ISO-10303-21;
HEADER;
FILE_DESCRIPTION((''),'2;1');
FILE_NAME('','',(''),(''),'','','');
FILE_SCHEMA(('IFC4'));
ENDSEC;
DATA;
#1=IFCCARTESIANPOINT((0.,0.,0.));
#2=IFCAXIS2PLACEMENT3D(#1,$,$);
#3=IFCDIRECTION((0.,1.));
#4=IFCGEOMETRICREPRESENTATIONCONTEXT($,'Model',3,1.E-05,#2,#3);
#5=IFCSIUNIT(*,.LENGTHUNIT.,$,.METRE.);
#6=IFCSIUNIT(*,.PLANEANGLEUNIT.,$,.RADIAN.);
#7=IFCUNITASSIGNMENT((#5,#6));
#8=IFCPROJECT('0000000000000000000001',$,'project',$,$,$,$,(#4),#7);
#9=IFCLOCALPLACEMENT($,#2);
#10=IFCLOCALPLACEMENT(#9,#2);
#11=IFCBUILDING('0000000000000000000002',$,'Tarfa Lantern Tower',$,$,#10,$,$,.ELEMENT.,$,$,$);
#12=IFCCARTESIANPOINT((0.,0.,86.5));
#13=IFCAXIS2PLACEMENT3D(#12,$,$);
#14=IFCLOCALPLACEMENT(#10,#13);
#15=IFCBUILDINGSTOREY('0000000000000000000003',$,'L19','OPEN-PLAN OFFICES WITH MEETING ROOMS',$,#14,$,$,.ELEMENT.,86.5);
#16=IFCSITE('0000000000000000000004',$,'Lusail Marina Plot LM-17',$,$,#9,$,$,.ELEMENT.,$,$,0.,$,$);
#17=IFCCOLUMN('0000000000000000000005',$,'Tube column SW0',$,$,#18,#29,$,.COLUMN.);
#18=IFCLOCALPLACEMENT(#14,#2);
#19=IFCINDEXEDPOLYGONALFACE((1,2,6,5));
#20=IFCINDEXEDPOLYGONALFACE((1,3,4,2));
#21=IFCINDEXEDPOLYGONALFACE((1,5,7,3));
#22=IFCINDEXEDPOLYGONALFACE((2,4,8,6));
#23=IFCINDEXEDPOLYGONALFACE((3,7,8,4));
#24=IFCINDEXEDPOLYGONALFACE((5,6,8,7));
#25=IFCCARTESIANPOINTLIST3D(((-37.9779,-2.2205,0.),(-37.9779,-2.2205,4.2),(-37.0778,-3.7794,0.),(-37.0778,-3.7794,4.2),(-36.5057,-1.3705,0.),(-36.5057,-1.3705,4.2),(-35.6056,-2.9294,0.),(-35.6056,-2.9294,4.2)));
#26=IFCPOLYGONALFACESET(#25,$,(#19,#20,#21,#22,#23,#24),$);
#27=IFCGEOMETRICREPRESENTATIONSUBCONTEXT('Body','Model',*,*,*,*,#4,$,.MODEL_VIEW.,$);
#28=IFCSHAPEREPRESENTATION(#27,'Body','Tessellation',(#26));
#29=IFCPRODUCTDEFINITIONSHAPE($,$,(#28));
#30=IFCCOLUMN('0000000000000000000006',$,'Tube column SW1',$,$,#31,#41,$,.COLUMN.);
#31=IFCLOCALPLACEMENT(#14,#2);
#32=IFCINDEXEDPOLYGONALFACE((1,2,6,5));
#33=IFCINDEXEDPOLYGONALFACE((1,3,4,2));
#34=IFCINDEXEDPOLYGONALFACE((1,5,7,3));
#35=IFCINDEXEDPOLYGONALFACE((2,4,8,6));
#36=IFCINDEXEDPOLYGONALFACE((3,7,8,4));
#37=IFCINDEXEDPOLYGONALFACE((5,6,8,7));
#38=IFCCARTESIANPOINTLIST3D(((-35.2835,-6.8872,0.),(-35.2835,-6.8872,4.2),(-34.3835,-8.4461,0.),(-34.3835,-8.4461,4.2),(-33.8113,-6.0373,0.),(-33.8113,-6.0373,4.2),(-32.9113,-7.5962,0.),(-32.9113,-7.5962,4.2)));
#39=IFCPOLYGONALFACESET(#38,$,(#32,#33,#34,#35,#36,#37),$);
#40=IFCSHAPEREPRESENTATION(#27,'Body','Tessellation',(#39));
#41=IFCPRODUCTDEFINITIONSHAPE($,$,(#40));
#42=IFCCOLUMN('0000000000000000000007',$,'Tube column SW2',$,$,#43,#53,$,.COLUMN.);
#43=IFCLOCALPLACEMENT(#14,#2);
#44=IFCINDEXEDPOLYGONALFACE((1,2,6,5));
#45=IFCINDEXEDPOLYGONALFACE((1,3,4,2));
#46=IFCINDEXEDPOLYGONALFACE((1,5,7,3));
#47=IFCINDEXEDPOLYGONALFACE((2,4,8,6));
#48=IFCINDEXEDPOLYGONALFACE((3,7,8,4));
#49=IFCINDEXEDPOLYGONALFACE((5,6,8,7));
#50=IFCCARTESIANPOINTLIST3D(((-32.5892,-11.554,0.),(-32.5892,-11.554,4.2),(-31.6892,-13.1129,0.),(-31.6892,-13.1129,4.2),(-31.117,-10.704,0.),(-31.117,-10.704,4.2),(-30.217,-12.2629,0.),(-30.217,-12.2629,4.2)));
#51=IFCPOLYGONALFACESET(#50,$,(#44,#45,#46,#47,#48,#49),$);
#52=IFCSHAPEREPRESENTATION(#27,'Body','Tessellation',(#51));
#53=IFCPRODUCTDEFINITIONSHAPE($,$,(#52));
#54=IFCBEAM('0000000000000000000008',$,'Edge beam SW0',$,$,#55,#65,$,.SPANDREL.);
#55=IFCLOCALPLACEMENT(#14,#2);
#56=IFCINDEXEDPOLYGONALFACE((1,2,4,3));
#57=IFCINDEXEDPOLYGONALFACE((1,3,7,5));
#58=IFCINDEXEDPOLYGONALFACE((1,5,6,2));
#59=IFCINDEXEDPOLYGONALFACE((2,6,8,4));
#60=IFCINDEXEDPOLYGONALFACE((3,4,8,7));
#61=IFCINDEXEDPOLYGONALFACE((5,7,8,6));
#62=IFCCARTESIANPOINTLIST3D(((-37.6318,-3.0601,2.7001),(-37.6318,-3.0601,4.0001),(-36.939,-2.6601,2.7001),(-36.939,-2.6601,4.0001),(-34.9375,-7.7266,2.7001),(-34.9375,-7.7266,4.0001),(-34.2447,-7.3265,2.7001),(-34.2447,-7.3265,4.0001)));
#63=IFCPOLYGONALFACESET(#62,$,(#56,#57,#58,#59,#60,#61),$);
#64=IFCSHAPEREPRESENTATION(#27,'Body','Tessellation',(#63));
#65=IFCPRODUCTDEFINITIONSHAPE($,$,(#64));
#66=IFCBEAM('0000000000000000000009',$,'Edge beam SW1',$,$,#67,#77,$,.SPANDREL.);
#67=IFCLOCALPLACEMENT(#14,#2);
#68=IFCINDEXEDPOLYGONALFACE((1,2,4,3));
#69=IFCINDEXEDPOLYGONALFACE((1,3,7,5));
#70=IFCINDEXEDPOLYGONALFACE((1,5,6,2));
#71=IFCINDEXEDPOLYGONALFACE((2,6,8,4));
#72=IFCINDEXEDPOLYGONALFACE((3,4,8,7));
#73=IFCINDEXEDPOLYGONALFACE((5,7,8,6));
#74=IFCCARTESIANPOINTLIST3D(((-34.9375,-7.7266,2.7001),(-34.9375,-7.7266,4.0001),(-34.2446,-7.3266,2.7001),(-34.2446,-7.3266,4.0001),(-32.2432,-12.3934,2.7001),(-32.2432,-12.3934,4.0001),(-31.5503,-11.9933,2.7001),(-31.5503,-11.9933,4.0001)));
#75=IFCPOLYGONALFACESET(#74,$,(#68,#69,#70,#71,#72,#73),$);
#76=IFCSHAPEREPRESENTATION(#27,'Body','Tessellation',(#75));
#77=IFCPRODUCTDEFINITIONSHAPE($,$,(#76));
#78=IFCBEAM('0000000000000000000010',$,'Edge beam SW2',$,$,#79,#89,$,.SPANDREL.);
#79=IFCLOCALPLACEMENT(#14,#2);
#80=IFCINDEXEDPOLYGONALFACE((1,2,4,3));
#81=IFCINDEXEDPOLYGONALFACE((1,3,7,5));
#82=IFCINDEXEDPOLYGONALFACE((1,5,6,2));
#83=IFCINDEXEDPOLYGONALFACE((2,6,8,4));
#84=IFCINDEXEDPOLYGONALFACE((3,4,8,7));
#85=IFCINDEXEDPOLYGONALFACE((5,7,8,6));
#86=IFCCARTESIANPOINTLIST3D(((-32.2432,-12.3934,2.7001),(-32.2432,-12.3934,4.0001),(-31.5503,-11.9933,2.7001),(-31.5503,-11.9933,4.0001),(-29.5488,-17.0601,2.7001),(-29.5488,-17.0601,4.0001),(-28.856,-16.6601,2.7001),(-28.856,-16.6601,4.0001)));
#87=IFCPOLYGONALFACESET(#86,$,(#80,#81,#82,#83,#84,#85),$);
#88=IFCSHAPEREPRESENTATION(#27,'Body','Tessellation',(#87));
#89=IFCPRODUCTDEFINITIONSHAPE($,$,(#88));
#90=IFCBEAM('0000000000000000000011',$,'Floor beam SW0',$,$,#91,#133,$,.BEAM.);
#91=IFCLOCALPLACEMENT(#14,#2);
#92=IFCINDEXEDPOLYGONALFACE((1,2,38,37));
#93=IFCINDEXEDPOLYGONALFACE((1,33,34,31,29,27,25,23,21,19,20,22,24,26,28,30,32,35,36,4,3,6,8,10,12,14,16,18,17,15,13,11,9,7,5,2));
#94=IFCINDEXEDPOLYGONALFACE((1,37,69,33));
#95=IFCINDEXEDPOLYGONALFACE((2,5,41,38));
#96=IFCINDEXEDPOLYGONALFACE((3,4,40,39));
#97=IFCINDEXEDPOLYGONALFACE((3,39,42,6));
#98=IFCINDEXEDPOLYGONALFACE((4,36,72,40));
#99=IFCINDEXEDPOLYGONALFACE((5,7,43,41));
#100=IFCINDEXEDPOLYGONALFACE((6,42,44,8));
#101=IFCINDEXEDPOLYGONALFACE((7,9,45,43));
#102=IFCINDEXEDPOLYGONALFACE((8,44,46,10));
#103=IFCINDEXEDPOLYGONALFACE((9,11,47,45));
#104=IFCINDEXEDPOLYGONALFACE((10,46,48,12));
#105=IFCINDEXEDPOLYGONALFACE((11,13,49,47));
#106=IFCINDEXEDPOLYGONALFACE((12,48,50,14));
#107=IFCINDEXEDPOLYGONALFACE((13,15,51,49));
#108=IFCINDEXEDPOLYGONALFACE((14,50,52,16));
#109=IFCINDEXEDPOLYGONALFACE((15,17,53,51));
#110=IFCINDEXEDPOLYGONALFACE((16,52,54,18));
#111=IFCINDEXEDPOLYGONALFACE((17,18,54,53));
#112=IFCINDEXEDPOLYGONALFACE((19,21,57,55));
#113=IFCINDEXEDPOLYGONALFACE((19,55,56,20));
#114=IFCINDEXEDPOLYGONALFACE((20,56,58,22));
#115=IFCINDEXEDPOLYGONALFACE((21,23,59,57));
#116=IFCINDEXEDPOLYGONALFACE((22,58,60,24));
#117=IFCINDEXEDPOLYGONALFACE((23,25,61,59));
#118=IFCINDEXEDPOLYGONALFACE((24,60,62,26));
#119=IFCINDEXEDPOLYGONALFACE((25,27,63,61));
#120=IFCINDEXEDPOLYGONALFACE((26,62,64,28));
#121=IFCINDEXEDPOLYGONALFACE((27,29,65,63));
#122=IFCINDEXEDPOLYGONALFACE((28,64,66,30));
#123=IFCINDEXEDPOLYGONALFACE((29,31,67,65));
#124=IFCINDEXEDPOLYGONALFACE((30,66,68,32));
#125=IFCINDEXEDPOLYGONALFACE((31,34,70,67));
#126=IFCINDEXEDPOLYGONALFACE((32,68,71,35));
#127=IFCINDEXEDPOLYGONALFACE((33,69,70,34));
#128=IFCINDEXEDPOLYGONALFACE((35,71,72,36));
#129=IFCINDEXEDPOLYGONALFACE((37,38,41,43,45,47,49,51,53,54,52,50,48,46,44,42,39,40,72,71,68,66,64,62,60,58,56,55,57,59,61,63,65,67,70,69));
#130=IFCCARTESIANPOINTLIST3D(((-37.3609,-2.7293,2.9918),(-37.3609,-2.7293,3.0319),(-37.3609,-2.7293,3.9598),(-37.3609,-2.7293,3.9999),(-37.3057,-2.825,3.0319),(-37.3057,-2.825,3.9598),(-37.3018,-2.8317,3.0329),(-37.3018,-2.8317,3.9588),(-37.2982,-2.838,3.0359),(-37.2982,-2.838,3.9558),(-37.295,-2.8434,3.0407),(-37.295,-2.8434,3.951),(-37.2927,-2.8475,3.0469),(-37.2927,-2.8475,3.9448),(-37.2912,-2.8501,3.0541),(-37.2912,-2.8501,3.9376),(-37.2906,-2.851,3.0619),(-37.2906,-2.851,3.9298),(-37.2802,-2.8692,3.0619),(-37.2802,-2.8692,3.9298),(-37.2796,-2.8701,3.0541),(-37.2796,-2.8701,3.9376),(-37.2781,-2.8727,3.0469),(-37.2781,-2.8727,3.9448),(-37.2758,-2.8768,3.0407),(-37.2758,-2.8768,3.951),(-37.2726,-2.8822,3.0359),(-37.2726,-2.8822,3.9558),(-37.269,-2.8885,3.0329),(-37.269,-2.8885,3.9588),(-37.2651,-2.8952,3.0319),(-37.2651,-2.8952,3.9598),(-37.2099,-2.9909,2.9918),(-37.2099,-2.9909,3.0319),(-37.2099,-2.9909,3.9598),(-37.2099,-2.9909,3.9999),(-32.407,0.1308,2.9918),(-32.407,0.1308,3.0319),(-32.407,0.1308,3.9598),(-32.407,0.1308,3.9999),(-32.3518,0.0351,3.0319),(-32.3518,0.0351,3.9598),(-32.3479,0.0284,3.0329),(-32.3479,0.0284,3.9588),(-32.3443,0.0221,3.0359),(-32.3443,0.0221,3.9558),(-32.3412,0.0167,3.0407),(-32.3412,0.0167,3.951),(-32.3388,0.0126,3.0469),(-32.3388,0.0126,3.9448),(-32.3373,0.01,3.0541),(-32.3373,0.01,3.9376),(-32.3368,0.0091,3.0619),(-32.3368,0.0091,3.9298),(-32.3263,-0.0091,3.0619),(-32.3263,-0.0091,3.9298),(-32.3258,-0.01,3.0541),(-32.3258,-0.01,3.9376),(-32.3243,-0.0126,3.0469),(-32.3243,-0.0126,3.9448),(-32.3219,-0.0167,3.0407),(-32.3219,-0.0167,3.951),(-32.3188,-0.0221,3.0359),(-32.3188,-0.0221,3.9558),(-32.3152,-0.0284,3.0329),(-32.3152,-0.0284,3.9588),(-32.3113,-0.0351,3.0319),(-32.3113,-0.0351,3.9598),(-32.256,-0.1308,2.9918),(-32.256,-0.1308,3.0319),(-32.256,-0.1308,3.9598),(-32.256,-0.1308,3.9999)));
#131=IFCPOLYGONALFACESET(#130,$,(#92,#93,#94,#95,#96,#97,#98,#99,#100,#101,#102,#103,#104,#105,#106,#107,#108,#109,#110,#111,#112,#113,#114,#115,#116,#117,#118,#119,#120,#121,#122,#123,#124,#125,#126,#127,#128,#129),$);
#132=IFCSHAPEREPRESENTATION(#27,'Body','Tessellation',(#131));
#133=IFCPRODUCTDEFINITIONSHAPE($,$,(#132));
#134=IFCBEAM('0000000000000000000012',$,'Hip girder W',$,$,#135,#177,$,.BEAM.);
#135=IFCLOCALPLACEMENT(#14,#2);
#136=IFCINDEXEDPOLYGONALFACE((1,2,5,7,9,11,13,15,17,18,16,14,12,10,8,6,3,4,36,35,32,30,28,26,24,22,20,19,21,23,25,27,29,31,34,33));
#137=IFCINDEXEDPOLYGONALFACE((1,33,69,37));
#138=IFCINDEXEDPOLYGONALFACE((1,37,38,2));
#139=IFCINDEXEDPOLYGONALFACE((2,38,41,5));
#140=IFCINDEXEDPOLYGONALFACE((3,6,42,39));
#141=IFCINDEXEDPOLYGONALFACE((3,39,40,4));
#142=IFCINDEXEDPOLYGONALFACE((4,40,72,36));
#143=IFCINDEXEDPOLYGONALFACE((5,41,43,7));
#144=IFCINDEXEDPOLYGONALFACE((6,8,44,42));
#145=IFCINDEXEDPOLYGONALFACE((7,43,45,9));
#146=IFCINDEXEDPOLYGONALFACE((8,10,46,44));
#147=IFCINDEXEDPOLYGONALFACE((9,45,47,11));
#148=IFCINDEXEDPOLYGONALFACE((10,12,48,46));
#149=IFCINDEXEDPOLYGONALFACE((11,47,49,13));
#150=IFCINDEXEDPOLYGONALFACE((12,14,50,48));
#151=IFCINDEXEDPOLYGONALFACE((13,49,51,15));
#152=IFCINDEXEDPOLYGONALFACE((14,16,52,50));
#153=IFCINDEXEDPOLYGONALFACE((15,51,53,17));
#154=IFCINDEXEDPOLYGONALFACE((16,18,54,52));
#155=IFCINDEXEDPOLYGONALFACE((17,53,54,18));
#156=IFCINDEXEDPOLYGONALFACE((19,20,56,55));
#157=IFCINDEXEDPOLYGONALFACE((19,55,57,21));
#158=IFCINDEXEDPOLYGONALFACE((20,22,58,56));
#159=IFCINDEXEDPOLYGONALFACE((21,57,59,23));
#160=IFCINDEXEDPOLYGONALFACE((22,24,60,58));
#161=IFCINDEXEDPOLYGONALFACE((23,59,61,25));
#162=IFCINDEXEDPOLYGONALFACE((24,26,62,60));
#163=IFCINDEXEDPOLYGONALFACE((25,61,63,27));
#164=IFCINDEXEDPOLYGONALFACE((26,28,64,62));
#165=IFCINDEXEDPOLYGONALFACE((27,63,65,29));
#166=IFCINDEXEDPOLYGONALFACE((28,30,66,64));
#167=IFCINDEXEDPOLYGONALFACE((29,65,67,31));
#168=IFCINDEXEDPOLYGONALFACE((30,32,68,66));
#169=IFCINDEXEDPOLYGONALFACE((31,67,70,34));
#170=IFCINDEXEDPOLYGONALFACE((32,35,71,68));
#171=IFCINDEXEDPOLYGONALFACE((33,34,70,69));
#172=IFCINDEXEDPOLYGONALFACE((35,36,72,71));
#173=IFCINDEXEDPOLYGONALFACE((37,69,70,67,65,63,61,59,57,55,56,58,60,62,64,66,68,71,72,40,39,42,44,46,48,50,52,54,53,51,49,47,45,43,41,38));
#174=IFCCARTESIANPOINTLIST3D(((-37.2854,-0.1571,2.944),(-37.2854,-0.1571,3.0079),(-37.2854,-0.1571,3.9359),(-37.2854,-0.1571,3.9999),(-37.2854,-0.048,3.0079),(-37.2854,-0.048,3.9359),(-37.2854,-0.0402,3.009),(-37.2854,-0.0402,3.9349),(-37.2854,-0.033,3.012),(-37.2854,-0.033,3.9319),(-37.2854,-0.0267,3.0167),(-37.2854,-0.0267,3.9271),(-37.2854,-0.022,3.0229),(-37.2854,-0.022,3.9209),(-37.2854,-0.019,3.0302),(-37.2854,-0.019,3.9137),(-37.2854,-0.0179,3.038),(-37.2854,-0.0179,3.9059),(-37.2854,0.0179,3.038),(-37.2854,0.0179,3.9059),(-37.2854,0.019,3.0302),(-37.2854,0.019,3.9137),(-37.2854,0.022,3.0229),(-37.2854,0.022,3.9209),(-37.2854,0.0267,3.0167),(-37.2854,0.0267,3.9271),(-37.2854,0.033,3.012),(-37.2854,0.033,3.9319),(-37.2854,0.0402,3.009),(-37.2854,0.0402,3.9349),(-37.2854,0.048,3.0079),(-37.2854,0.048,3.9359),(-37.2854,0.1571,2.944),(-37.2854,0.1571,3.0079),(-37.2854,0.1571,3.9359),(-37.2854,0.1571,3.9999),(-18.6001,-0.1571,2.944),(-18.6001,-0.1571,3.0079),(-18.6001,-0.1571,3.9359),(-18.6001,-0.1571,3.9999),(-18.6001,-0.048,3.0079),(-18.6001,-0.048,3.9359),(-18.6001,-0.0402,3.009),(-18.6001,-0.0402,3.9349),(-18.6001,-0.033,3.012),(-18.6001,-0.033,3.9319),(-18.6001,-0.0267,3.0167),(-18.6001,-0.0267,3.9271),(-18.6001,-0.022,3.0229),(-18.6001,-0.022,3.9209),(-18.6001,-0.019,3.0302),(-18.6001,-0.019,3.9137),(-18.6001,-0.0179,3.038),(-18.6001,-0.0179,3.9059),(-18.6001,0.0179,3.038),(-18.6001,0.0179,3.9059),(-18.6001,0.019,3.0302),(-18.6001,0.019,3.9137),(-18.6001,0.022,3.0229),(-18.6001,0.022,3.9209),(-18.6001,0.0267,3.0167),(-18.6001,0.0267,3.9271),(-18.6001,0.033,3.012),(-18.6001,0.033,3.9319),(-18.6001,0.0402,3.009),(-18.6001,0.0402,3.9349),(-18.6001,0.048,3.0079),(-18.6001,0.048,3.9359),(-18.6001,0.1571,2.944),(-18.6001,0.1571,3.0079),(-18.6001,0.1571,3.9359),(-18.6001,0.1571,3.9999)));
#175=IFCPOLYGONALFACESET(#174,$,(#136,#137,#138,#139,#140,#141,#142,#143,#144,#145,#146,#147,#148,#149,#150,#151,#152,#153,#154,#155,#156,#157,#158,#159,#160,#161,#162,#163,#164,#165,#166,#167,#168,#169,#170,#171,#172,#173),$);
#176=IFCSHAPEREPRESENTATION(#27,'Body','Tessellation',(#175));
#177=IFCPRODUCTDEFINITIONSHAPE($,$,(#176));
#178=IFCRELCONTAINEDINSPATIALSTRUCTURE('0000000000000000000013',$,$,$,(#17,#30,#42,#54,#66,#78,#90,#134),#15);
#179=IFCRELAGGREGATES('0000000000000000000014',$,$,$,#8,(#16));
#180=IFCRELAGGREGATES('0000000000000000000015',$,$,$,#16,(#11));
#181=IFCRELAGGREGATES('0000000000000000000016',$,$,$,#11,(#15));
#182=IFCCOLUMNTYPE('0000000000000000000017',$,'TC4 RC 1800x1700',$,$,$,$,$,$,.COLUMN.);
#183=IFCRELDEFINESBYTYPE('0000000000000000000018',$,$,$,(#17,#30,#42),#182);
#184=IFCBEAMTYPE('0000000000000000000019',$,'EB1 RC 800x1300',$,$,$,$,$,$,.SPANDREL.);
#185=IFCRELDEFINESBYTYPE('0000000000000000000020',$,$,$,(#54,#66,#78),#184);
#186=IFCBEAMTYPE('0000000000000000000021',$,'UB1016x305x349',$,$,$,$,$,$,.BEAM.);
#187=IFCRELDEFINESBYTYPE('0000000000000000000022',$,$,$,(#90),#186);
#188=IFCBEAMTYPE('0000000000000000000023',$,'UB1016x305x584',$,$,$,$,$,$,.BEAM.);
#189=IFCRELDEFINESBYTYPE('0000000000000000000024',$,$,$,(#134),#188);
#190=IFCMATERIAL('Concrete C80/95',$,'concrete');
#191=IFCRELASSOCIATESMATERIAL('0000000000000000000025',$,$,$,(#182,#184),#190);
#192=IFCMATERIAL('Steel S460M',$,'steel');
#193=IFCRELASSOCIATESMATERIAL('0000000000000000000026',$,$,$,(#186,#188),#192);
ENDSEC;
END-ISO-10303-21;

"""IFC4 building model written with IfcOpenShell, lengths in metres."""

from ifc_helpers import new_model, si_unit, direction, frame, origin, origin_2d, place, context, subcontext, project, spatial, rectangle, i_section, extrude, material, material_profile, profile_set, type_object, element, save


model = new_model("IFC4")

# Units and contexts
model_context = context("Model", 3, precision=1e-05, world=origin(), true_north=direction((0.0, 1.0)))
body_context = subcontext(model_context, "Body", "Model", "MODEL_VIEW")
ifc_project = project(units=[si_unit("LENGTHUNIT", "METRE"), si_unit("PLANEANGLEUNIT", "RADIAN")], contexts=[model_context])

# Site, building, storey
site_placement = place(None, origin())
site = spatial("IfcSite", under=ifc_project, at=site_placement, Name="Lusail Marina Plot LM-17", CompositionType="ELEMENT", RefElevation=0.0)
building_placement = place(site_placement, origin())
building = spatial("IfcBuilding", under=site, at=building_placement, Name="Tarfa Lantern Tower", CompositionType="ELEMENT")
storey_placement = place(building_placement, frame((0.0, 0.0, 86.5)))
storey = spatial("IfcBuildingStorey", under=building, at=storey_placement, Name="L19", Description="OPEN-PLAN OFFICES WITH MEETING ROOMS", CompositionType="ELEMENT", Elevation=86.5)

# Columns
ifc_material_1 = material(Name="Concrete C80/95", Category="concrete")
ifc_material_profile_1 = material_profile(ifc_material_1, rectangle(XDim=1.8, YDim=1.7, at=origin_2d()), Name="RC 1800x1700")
ifc_profile_set_1 = profile_set([ifc_material_profile_1], Name="Concrete C80/95")
column_type = type_object("IfcColumnType", Name="TC4 RC 1800x1700", PredefinedType="COLUMN", material=ifc_profile_set_1)
for number, where, z_axis, x_axis, name in (
    (1, (-36.7917, -2.575, 0.0), (0.0, 0.0, 1.0), (0.5, -0.866025, 0.0), "Tube column SW0"),
    (2, (-34.0974, -7.2417, 0.0), (0.0, 0.0, 1.0), (0.5, -0.866025, 0.0), "Tube column SW1"),
    (3, (-31.4031, -11.9084, 0.0), (0.0, 0.0, 1.0), (0.5, -0.866025, 0.0), "Tube column SW2"),
):
    element("IfcColumn", number, at=place(storey_placement, frame(where, z_axis=z_axis, x_axis=x_axis)), inside=storey, type_object=column_type, Name=name, PredefinedType="COLUMN", context=body_context, shape_type="SweptSolid", body=[
        extrude(rectangle(XDim=1.8, YDim=1.7, at=origin_2d()), origin(), (0.0, 0.0, 1.0), 4.2),
    ])

# Beams
ifc_material_profile_2 = material_profile(ifc_material_1, rectangle(XDim=0.8, YDim=1.3, at=origin_2d()), Name="RC 800x1300")
ifc_profile_set_2 = profile_set([ifc_material_profile_2], Name="Concrete C80/95")
beam_type_1 = type_object("IfcBeamType", Name="EB1 RC 800x1300", PredefinedType="SPANDREL", material=ifc_profile_set_2)
beam_1_placement = place(storey_placement, frame((-37.2854, -2.8601, 3.3501), z_axis=(0.500018, -0.866015, 0.0), x_axis=(0.866015, 0.500018, 0.0)))
element("IfcBeam", 4, at=beam_1_placement, inside=storey, type_object=beam_type_1, Name="Edge beam SW0", PredefinedType="SPANDREL", context=body_context, shape_type="SweptSolid", body=[
    extrude(rectangle(XDim=0.8, YDim=1.3, at=origin_2d()), origin(), (0.0, 0.0, 1.0), 5.3884),
])
for number, where, z_axis, x_axis, name in (
    (5, (-34.5911, -7.5266, 3.3501), (0.499998, -0.866026, 0.0), (0.866026, 0.499998, 0.0), "Edge beam SW1"),
    (6, (-31.8967, -12.1934, 3.3501), (0.499998, -0.866026, 0.0), (0.866026, 0.499998, 0.0), "Edge beam SW2"),
):
    element("IfcBeam", number, at=place(storey_placement, frame(where, z_axis=z_axis, x_axis=x_axis)), inside=storey, type_object=beam_type_1, Name=name, PredefinedType="SPANDREL", context=body_context, shape_type="SweptSolid", body=[
        extrude(rectangle(XDim=0.8, YDim=1.3, at=origin_2d()), origin(), (0.0, 0.0, 1.0), 5.3887),
    ])
ifc_material_2 = material(Name="Steel S460M", Category="steel")
ifc_material_profile_3 = material_profile(ifc_material_2, i_section(OverallWidth=0.302, OverallDepth=1.0081, WebThickness=0.021, FlangeThickness=0.04, FilletRadius=0.03, at=origin_2d()), Name="UB1016x305x349")
ifc_profile_set_3 = profile_set([ifc_material_profile_3], Name="Steel S460M")
beam_type_2 = type_object("IfcBeamType", Name="UB1016x305x349", PredefinedType="BEAM", material=ifc_profile_set_3)
beam_2_placement = place(storey_placement, frame((-37.2854, -2.8601, 3.4958), z_axis=(0.866026, 0.5, 0.0), x_axis=(-0.5, 0.866026, 0.0)))
element("IfcBeam", 7, at=beam_2_placement, inside=storey, type_object=beam_type_2, Name="Floor beam SW0", PredefinedType="BEAM", context=body_context, shape_type="SweptSolid", body=[
    extrude(i_section(OverallWidth=0.302, OverallDepth=1.0081, WebThickness=0.021, FlangeThickness=0.04, FilletRadius=0.03, at=origin_2d()), origin(), (0.0, 0.0, 1.0), 5.7202),
])
ifc_material_profile_4 = material_profile(ifc_material_2, i_section(OverallWidth=0.3142, OverallDepth=1.0559, WebThickness=0.0359, FlangeThickness=0.064, FilletRadius=0.03, at=origin_2d()), Name="UB1016x305x584")
ifc_profile_set_4 = profile_set([ifc_material_profile_4], Name="Steel S460M")
beam_type_3 = type_object("IfcBeamType", Name="UB1016x305x584", PredefinedType="BEAM", material=ifc_profile_set_4)
beam_3_placement = place(storey_placement, frame((-18.6001, 0.0, 3.4719), z_axis=(-1.0, 0.0, 0.0), x_axis=(0.0, -1.0, 0.0)))
element("IfcBeam", 8, at=beam_3_placement, inside=storey, type_object=beam_type_3, Name="Hip girder W", PredefinedType="BEAM", context=body_context, shape_type="SweptSolid", body=[
    extrude(i_section(OverallWidth=0.3142, OverallDepth=1.0559, WebThickness=0.0359, FlangeThickness=0.064, FilletRadius=0.03, at=origin_2d()), origin(), (0.0, 0.0, 1.0), 18.6853),
])

save(model, "model.ifc")
